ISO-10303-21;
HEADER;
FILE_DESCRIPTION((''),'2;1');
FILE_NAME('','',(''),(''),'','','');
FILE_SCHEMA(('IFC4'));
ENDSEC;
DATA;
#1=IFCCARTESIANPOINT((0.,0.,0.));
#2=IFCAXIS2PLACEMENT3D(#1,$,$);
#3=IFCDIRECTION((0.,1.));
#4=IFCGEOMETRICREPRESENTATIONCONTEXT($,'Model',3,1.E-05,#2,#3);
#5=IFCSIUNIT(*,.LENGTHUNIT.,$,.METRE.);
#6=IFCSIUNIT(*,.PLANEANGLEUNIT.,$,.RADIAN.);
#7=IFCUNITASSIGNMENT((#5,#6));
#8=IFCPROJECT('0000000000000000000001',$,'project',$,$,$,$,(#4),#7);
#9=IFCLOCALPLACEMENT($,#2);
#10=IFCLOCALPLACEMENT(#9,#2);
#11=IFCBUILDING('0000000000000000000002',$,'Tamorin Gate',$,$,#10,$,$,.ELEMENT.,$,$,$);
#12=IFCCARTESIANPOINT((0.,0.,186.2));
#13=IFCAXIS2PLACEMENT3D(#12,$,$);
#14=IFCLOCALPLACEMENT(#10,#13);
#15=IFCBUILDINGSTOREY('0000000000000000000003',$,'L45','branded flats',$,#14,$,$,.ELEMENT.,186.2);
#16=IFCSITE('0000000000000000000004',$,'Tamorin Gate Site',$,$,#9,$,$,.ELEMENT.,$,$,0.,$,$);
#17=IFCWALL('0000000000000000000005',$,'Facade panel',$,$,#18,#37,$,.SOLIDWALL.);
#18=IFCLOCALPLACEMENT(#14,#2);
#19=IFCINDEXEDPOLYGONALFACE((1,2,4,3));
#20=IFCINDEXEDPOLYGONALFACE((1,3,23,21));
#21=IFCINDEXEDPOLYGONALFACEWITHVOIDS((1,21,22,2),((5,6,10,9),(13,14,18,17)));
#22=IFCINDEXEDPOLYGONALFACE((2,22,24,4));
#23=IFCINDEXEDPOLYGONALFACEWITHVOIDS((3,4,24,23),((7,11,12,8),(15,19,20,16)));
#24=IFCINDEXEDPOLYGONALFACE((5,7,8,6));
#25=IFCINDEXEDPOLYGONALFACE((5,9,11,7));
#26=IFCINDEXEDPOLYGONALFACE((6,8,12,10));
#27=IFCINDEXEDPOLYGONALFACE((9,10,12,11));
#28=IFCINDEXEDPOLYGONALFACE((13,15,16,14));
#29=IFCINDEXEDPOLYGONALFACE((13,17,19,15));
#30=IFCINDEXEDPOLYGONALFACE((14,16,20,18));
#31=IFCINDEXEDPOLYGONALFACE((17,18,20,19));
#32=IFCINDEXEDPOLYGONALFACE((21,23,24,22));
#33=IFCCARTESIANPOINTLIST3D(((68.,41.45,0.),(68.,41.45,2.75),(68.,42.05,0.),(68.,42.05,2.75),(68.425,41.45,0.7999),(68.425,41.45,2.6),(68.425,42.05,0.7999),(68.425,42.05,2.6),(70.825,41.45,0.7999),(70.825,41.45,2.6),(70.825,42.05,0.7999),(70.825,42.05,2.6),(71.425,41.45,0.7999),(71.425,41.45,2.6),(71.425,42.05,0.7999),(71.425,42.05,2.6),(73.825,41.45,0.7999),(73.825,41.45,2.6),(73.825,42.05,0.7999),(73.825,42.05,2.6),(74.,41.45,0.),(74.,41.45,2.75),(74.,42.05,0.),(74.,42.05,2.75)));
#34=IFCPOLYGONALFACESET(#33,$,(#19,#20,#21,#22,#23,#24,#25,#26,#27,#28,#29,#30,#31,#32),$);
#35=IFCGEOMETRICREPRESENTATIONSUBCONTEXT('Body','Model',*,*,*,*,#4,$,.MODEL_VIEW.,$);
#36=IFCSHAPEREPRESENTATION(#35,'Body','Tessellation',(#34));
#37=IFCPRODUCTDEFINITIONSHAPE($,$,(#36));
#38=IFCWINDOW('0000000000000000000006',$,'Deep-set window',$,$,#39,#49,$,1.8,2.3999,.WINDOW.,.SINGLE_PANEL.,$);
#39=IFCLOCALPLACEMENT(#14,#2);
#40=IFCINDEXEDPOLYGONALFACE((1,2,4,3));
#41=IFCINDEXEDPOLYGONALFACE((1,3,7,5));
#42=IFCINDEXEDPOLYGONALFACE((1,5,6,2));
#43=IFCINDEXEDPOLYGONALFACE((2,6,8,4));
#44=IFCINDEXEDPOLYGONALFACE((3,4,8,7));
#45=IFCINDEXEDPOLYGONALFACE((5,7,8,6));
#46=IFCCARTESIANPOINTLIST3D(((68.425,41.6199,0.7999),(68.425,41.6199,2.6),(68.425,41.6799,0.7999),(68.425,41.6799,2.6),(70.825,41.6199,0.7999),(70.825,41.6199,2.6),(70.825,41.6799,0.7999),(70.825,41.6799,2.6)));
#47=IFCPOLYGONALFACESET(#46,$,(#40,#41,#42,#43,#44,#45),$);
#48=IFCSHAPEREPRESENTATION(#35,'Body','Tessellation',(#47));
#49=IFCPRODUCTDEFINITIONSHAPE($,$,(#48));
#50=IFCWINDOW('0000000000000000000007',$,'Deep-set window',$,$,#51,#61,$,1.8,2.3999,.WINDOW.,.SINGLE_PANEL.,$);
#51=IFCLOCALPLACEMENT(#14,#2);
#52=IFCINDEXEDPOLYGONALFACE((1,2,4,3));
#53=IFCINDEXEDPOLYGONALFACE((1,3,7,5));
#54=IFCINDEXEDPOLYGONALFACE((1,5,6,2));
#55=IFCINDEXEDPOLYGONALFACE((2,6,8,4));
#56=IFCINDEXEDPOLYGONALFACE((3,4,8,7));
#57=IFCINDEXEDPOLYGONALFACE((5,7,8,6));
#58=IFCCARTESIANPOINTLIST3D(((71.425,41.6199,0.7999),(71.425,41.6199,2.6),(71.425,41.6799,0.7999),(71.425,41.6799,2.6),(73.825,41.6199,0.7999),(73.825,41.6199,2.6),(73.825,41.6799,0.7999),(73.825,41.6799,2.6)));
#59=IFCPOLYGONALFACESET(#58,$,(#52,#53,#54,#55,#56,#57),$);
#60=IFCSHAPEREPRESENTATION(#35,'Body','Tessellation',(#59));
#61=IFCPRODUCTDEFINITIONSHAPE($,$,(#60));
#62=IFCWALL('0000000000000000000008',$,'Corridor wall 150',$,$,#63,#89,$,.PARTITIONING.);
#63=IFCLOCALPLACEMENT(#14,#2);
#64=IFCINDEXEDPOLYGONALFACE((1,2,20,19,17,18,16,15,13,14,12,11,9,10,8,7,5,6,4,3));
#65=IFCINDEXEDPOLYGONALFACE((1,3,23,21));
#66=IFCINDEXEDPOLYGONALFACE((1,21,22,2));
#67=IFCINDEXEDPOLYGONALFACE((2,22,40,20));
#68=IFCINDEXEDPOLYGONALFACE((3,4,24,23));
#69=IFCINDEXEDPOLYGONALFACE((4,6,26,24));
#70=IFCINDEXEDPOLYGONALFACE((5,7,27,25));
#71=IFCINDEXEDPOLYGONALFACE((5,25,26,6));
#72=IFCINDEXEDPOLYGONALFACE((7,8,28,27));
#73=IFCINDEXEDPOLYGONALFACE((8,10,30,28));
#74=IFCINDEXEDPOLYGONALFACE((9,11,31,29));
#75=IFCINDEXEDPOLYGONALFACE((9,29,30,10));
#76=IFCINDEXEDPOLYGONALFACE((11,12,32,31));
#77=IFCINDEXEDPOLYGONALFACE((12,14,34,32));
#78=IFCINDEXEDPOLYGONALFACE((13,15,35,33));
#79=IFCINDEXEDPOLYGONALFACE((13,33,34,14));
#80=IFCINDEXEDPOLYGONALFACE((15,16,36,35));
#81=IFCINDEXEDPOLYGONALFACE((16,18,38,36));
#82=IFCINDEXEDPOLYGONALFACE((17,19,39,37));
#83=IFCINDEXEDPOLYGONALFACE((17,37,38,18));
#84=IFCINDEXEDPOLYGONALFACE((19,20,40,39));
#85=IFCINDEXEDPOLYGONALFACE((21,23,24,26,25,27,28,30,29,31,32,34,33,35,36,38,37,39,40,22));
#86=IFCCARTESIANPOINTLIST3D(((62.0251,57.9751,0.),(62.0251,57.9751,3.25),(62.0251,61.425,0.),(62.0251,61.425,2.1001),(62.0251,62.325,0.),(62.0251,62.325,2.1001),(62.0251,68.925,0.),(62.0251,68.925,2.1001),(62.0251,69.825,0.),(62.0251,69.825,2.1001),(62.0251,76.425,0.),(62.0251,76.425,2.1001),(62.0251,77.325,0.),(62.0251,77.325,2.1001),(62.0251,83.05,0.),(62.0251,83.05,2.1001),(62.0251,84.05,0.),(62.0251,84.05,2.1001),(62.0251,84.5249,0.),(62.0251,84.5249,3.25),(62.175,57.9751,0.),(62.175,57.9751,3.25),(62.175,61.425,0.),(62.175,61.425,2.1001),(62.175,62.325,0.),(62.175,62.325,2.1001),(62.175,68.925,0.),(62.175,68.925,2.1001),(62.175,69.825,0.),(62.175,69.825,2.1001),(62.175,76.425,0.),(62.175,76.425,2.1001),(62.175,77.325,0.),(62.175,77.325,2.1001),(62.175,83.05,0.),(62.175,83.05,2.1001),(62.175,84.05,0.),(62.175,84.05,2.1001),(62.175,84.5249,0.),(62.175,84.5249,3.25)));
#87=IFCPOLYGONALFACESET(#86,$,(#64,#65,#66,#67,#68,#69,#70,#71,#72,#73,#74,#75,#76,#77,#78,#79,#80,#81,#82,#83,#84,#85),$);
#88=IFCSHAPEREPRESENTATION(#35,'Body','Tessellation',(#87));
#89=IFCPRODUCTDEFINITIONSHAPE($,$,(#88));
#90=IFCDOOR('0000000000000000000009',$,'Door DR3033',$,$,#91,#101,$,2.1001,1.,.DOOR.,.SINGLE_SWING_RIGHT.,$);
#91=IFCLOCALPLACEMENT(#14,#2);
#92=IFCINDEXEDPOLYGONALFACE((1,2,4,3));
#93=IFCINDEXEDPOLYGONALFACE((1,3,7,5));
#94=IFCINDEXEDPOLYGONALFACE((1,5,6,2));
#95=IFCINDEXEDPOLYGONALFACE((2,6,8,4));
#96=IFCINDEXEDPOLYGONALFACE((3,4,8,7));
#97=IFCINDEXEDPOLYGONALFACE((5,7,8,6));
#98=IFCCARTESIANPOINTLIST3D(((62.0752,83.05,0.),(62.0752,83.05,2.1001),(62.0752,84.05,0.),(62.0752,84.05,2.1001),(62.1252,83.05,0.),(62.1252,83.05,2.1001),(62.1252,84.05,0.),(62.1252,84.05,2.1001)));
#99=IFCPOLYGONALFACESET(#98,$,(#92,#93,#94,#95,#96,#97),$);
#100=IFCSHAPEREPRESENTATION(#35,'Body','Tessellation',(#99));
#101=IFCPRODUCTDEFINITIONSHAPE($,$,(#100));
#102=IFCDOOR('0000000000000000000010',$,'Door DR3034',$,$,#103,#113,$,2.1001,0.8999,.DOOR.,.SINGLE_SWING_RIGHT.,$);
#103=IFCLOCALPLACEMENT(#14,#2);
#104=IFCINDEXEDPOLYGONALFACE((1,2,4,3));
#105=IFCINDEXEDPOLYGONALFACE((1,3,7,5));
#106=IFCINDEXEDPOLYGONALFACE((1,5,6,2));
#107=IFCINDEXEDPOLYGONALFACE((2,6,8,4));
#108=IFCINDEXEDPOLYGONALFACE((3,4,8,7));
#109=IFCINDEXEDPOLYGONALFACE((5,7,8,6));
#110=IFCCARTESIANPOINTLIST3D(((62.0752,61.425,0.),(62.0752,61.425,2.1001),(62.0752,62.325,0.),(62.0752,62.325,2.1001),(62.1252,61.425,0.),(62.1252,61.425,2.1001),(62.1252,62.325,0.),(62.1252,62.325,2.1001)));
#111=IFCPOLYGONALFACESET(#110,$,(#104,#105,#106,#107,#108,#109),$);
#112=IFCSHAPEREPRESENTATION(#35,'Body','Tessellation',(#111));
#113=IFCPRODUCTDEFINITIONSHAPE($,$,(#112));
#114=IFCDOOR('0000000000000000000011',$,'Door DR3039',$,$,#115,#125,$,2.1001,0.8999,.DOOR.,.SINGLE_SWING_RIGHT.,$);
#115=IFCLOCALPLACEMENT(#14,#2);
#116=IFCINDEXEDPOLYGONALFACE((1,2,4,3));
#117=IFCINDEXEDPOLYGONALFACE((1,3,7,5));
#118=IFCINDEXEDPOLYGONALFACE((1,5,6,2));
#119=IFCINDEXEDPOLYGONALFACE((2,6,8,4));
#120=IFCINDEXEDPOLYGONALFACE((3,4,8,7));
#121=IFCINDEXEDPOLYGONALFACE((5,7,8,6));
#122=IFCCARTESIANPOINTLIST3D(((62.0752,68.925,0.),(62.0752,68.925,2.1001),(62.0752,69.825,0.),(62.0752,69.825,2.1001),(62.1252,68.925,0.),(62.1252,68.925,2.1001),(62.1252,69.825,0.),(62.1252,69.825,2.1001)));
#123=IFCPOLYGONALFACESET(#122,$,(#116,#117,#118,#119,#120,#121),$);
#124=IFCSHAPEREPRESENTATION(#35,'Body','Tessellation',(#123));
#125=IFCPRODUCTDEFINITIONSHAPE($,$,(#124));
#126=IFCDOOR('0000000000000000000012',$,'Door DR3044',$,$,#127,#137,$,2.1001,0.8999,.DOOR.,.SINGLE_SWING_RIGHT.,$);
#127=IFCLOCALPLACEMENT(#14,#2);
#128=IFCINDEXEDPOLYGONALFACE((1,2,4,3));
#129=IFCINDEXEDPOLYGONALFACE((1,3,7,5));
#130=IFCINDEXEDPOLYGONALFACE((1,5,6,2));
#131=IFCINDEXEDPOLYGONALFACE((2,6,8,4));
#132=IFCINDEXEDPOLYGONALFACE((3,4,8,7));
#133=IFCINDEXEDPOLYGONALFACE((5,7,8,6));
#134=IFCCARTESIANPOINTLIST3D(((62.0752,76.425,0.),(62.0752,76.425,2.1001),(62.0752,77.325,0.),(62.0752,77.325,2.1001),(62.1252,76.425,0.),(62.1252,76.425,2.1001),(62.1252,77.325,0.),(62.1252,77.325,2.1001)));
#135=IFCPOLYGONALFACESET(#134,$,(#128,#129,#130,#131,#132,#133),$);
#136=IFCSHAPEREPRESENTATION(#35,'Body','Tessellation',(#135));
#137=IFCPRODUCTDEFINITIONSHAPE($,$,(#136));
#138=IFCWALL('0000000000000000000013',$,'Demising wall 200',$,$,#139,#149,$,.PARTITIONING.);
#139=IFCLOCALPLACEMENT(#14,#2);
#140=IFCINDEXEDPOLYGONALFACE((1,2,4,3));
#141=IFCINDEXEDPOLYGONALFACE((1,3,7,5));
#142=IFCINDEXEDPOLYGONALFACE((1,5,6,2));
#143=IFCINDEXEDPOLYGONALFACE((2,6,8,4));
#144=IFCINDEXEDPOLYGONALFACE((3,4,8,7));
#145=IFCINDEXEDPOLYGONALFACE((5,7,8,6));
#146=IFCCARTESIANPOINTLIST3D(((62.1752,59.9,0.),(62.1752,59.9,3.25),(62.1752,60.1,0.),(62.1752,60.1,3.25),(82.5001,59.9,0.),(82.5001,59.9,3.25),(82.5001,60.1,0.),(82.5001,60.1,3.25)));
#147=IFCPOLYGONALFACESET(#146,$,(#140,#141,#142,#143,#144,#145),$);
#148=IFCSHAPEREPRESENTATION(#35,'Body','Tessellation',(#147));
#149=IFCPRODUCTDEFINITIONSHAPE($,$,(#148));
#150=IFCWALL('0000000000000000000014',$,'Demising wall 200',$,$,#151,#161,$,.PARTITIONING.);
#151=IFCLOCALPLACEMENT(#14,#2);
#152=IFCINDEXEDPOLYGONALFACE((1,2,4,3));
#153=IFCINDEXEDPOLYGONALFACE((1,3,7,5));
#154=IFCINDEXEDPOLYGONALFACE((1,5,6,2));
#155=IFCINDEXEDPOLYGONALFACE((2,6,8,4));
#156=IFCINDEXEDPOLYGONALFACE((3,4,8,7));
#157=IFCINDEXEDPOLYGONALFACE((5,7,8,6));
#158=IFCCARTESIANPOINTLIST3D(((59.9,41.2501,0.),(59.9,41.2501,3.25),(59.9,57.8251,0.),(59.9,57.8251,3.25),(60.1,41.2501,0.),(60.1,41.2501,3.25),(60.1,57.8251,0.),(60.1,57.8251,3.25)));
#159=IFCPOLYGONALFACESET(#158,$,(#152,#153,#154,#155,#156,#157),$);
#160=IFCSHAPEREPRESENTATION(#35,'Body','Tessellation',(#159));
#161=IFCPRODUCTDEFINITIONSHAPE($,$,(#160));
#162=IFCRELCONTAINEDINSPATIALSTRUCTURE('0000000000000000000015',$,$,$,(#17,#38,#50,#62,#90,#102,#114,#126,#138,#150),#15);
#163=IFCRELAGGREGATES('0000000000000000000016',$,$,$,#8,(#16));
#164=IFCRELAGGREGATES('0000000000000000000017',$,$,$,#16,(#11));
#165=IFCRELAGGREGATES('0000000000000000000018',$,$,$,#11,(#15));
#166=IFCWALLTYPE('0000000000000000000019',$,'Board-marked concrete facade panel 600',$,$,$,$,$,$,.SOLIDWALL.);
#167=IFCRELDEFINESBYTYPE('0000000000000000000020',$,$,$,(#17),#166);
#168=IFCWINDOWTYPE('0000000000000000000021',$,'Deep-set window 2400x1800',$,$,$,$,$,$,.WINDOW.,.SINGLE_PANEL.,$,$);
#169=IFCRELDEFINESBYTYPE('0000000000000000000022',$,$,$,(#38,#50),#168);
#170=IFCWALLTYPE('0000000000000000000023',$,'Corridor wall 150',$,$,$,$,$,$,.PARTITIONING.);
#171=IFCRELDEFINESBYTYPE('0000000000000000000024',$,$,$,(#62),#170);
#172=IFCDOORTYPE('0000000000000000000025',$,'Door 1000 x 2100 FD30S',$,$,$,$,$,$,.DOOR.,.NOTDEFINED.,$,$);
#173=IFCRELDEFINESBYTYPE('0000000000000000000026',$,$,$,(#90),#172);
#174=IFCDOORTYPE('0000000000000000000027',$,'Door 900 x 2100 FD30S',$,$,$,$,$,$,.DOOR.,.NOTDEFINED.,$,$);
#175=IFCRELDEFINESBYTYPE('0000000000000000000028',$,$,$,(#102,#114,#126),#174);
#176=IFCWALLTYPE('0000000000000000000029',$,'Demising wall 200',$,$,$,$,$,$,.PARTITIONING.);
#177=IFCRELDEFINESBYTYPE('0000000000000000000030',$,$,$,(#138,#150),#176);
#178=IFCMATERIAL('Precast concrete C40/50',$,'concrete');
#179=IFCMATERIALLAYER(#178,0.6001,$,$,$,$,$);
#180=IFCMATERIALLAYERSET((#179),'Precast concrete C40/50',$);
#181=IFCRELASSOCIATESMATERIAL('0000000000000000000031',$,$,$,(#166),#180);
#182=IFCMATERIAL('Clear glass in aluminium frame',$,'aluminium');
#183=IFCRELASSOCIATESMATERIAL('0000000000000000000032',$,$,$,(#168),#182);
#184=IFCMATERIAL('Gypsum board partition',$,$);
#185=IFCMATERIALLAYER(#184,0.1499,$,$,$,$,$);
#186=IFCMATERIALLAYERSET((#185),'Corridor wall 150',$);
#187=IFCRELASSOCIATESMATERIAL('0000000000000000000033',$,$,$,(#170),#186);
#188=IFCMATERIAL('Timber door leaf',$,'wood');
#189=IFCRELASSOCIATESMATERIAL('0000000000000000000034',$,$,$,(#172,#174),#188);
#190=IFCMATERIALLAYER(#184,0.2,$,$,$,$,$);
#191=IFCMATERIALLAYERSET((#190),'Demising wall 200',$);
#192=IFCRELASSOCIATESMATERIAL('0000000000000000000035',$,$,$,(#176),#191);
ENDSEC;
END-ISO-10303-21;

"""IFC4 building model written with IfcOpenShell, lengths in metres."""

from ifc_helpers import new_model, si_unit, direction, frame, frame_2d, origin, place, context, subcontext, project, spatial, rectangle, extrude, material, layer, layer_set, type_object, element, fill, save


model = new_model("IFC4")

# Units and contexts
model_context = context("Model", 3, precision=1e-05, world=origin(), true_north=direction((0.0, 1.0)))
body_context = subcontext(model_context, "Body", "Model", "MODEL_VIEW")
ifc_project = project(units=[si_unit("LENGTHUNIT", "METRE"), si_unit("PLANEANGLEUNIT", "RADIAN")], contexts=[model_context])

# Site, building, storey
site_placement = place(None, origin())
site = spatial("IfcSite", under=ifc_project, at=site_placement, Name="Tamorin Gate Site", CompositionType="ELEMENT", RefElevation=0.0)
building_placement = place(site_placement, origin())
building = spatial("IfcBuilding", under=site, at=building_placement, Name="Tamorin Gate", CompositionType="ELEMENT")
storey_placement = place(building_placement, frame((0.0, 0.0, 186.2)))
storey = spatial("IfcBuildingStorey", under=building, at=storey_placement, Name="L45", Description="branded flats", CompositionType="ELEMENT", Elevation=186.2)

# Wall, openings, windows
ifc_material_1 = material(Name="Precast concrete C40/50", Category="concrete")
ifc_layer_1 = layer(ifc_material_1, 0.6001)
ifc_layer_set_1 = layer_set([ifc_layer_1], Name="Precast concrete C40/50")
wall_type_1 = type_object("IfcWallType", Name="Board-marked concrete facade panel 600", PredefinedType="SOLIDWALL", material=ifc_layer_set_1)
ifc_material_2 = material(Name="Clear glass in aluminium frame", Category="aluminium")
window_type = type_object("IfcWindowType", Name="Deep-set window 2400x1800", PartitioningType="SINGLE_PANEL", PredefinedType="WINDOW", material=ifc_material_2)
wall_1_placement = place(storey_placement, frame((68.0, 41.75, 0.0), z_axis=(0.0, 0.0, 1.0), x_axis=(1.0, 0.0, 0.0)))
wall_1 = element("IfcWall", 1, at=wall_1_placement, inside=storey, type_object=wall_type_1, Name="Facade panel", PredefinedType="SOLIDWALL", context=body_context, shape_type="SweptSolid", body=[
    extrude(rectangle(XDim=6.0, YDim=0.6001, at=frame_2d((3.0, 0.0))), origin(), (0.0, 0.0, 1.0), 2.75),
])
opening_1_placement = place(wall_1_placement, frame((0.425, 0.0, 0.8)))
opening_1 = element("IfcOpeningElement", 2, at=opening_1_placement, cuts=wall_1, PredefinedType="OPENING", context=body_context, shape_type="SweptSolid", body=[
    extrude(rectangle(XDim=2.3999, YDim=1.8, at=frame_2d((1.2, 0.8999))), frame((0.0, 0.3101, 0.0), z_axis=(0.0, -1.0, 0.0), x_axis=(1.0, 0.0, 0.0)), (0.0, 0.0, 1.0), 0.6201),
])
opening_2_placement = place(wall_1_placement, frame((3.425, 0.0, 0.8)))
opening_2 = element("IfcOpeningElement", 3, at=opening_2_placement, cuts=wall_1, PredefinedType="OPENING", context=body_context, shape_type="SweptSolid", body=[
    extrude(rectangle(XDim=2.3999, YDim=1.8, at=frame_2d((1.2, 0.8999))), frame((0.0, 0.3101, 0.0), z_axis=(0.0, -1.0, 0.0), x_axis=(1.0, 0.0, 0.0)), (0.0, 0.0, 1.0), 0.6201),
])
window_1_placement = place(opening_1_placement, origin())
window_1 = element("IfcWindow", 4, at=window_1_placement, inside=storey, type_object=window_type, Name="Deep-set window", OverallHeight=1.8, OverallWidth=2.3999, PartitioningType="SINGLE_PANEL", PredefinedType="WINDOW", context=body_context, shape_type="SweptSolid", body=[
    extrude(rectangle(XDim=2.3999, YDim=1.8, at=frame_2d((1.2, 0.8999))), frame((0.0, -0.0701, 0.0), z_axis=(0.0, -1.0, 0.0), x_axis=(1.0, 0.0, 0.0)), (0.0, 0.0, 1.0), 0.0601),
])
fill(opening_1, window_1)
window_2_placement = place(opening_2_placement, origin())
window_2 = element("IfcWindow", 5, at=window_2_placement, inside=storey, type_object=window_type, Name="Deep-set window", OverallHeight=1.8, OverallWidth=2.3999, PartitioningType="SINGLE_PANEL", PredefinedType="WINDOW", context=body_context, shape_type="SweptSolid", body=[
    extrude(rectangle(XDim=2.3999, YDim=1.8, at=frame_2d((1.2, 0.8999))), frame((0.0, -0.0701, 0.0), z_axis=(0.0, -1.0, 0.0), x_axis=(1.0, 0.0, 0.0)), (0.0, 0.0, 1.0), 0.0601),
])
fill(opening_2, window_2)

# Wall, openings, doors
ifc_material_3 = material(Name="Gypsum board partition")
ifc_layer_2 = layer(ifc_material_3, 0.1499)
ifc_layer_set_2 = layer_set([ifc_layer_2], Name="Corridor wall 150")
wall_type_2 = type_object("IfcWallType", Name="Corridor wall 150", PredefinedType="PARTITIONING", material=ifc_layer_set_2)
wall_2_placement = place(storey_placement, frame((62.1001, 57.9751, 0.0), z_axis=(0.0, 0.0, 1.0), x_axis=(0.0, 1.0, 0.0)))
wall_2 = element("IfcWall", 6, at=wall_2_placement, inside=storey, type_object=wall_type_2, Name="Corridor wall 150", PredefinedType="PARTITIONING", context=body_context, shape_type="SweptSolid", body=[
    extrude(rectangle(XDim=26.5498, YDim=0.1499, at=frame_2d((13.2749, 0.0))), origin(), (0.0, 0.0, 1.0), 3.25),
])
opening_3_placement = place(wall_2_placement, frame((25.075, 0.0, 0.0)))
opening_3 = element("IfcOpeningElement", 7, at=opening_3_placement, cuts=wall_2, PredefinedType="OPENING", context=body_context, shape_type="SweptSolid", body=[
    extrude(rectangle(XDim=1.0, YDim=2.1001, at=frame_2d((0.5, 1.05))), frame((0.0, 0.085, 0.0), z_axis=(0.0, -1.0, 0.0), x_axis=(1.0, 0.0, 0.0)), (0.0, 0.0, 1.0), 0.1699),
])
opening_4_placement = place(wall_2_placement, frame((3.45, 0.0, 0.0)))
opening_4 = element("IfcOpeningElement", 8, at=opening_4_placement, cuts=wall_2, PredefinedType="OPENING", context=body_context, shape_type="SweptSolid", body=[
    extrude(rectangle(XDim=0.8999, YDim=2.1001, at=frame_2d((0.45, 1.05))), frame((0.0, 0.085, 0.0), z_axis=(0.0, -1.0, 0.0), x_axis=(1.0, 0.0, 0.0)), (0.0, 0.0, 1.0), 0.1699),
])
opening_5_placement = place(wall_2_placement, frame((10.95, 0.0, 0.0)))
opening_5 = element("IfcOpeningElement", 9, at=opening_5_placement, cuts=wall_2, PredefinedType="OPENING", context=body_context, shape_type="SweptSolid", body=[
    extrude(rectangle(XDim=0.8999, YDim=2.1001, at=frame_2d((0.45, 1.05))), frame((0.0, 0.085, 0.0), z_axis=(0.0, -1.0, 0.0), x_axis=(1.0, 0.0, 0.0)), (0.0, 0.0, 1.0), 0.1699),
])
opening_6_placement = place(wall_2_placement, frame((18.45, 0.0, 0.0)))
opening_6 = element("IfcOpeningElement", 10, at=opening_6_placement, cuts=wall_2, PredefinedType="OPENING", context=body_context, shape_type="SweptSolid", body=[
    extrude(rectangle(XDim=0.8999, YDim=2.1001, at=frame_2d((0.45, 1.05))), frame((0.0, 0.085, 0.0), z_axis=(0.0, -1.0, 0.0), x_axis=(1.0, 0.0, 0.0)), (0.0, 0.0, 1.0), 0.1699),
])
ifc_material_4 = material(Name="Timber door leaf", Category="wood")
door_type_1 = type_object("IfcDoorType", Name="Door 1000 x 2100 FD30S", OperationType="NOTDEFINED", PredefinedType="DOOR", material=ifc_material_4)
door_1_placement = place(opening_3_placement, origin())
door_1 = element("IfcDoor", 11, at=door_1_placement, inside=storey, type_object=door_type_1, Name="Door DR3033", OperationType="SINGLE_SWING_RIGHT", OverallHeight=2.1001, OverallWidth=1.0, PredefinedType="DOOR", context=body_context, shape_type="SweptSolid", body=[
    extrude(rectangle(XDim=1.0, YDim=2.1001, at=frame_2d((0.5, 1.05))), frame((0.0, 0.0249, 0.0), z_axis=(0.0, -1.0, 0.0), x_axis=(1.0, 0.0, 0.0)), (0.0, 0.0, 1.0), 0.05),
])
fill(opening_3, door_1)
door_type_2 = type_object("IfcDoorType", Name="Door 900 x 2100 FD30S", OperationType="NOTDEFINED", PredefinedType="DOOR", material=ifc_material_4)
door_2_placement = place(opening_4_placement, origin())
door_2 = element("IfcDoor", 12, at=door_2_placement, inside=storey, type_object=door_type_2, Name="Door DR3034", OperationType="SINGLE_SWING_RIGHT", OverallHeight=2.1001, OverallWidth=0.8999, PredefinedType="DOOR", context=body_context, shape_type="SweptSolid", body=[
    extrude(rectangle(XDim=0.8999, YDim=2.1001, at=frame_2d((0.45, 1.05))), frame((0.0, 0.0249, 0.0), z_axis=(0.0, -1.0, 0.0), x_axis=(1.0, 0.0, 0.0)), (0.0, 0.0, 1.0), 0.05),
])
fill(opening_4, door_2)
door_3_placement = place(opening_5_placement, origin())
door_3 = element("IfcDoor", 13, at=door_3_placement, inside=storey, type_object=door_type_2, Name="Door DR3039", OperationType="SINGLE_SWING_RIGHT", OverallHeight=2.1001, OverallWidth=0.8999, PredefinedType="DOOR", context=body_context, shape_type="SweptSolid", body=[
    extrude(rectangle(XDim=0.8999, YDim=2.1001, at=frame_2d((0.45, 1.05))), frame((0.0, 0.0249, 0.0), z_axis=(0.0, -1.0, 0.0), x_axis=(1.0, 0.0, 0.0)), (0.0, 0.0, 1.0), 0.05),
])
fill(opening_5, door_3)
door_4_placement = place(opening_6_placement, origin())
door_4 = element("IfcDoor", 14, at=door_4_placement, inside=storey, type_object=door_type_2, Name="Door DR3044", OperationType="SINGLE_SWING_RIGHT", OverallHeight=2.1001, OverallWidth=0.8999, PredefinedType="DOOR", context=body_context, shape_type="SweptSolid", body=[
    extrude(rectangle(XDim=0.8999, YDim=2.1001, at=frame_2d((0.45, 1.05))), frame((0.0, 0.0249, 0.0), z_axis=(0.0, -1.0, 0.0), x_axis=(1.0, 0.0, 0.0)), (0.0, 0.0, 1.0), 0.05),
])
fill(opening_6, door_4)

# Walls
ifc_layer_3 = layer(ifc_material_3, 0.2)
ifc_layer_set_3 = layer_set([ifc_layer_3], Name="Demising wall 200")
wall_type_3 = type_object("IfcWallType", Name="Demising wall 200", PredefinedType="PARTITIONING", material=ifc_layer_set_3)
wall_3_placement = place(storey_placement, frame((62.175, 60.0, 0.0), z_axis=(0.0, 0.0, 1.0), x_axis=(1.0, 0.0, 0.0)))
element("IfcWall", 15, at=wall_3_placement, inside=storey, type_object=wall_type_3, Name="Demising wall 200", PredefinedType="PARTITIONING", context=body_context, shape_type="SweptSolid", body=[
    extrude(rectangle(XDim=20.325, YDim=0.2, at=frame_2d((10.1626, 0.0))), origin(), (0.0, 0.0, 1.0), 3.25),
])
wall_4_placement = place(storey_placement, frame((60.0, 41.25, 0.0), z_axis=(0.0, 0.0, 1.0), x_axis=(0.0, 1.0, 0.0)))
element("IfcWall", 16, at=wall_4_placement, inside=storey, type_object=wall_type_3, Name="Demising wall 200", PredefinedType="PARTITIONING", context=body_context, shape_type="SweptSolid", body=[
    extrude(rectangle(XDim=16.575, YDim=0.2, at=frame_2d((8.2876, 0.0))), origin(), (0.0, 0.0, 1.0), 3.25),
])

save(model, "model.ifc")
